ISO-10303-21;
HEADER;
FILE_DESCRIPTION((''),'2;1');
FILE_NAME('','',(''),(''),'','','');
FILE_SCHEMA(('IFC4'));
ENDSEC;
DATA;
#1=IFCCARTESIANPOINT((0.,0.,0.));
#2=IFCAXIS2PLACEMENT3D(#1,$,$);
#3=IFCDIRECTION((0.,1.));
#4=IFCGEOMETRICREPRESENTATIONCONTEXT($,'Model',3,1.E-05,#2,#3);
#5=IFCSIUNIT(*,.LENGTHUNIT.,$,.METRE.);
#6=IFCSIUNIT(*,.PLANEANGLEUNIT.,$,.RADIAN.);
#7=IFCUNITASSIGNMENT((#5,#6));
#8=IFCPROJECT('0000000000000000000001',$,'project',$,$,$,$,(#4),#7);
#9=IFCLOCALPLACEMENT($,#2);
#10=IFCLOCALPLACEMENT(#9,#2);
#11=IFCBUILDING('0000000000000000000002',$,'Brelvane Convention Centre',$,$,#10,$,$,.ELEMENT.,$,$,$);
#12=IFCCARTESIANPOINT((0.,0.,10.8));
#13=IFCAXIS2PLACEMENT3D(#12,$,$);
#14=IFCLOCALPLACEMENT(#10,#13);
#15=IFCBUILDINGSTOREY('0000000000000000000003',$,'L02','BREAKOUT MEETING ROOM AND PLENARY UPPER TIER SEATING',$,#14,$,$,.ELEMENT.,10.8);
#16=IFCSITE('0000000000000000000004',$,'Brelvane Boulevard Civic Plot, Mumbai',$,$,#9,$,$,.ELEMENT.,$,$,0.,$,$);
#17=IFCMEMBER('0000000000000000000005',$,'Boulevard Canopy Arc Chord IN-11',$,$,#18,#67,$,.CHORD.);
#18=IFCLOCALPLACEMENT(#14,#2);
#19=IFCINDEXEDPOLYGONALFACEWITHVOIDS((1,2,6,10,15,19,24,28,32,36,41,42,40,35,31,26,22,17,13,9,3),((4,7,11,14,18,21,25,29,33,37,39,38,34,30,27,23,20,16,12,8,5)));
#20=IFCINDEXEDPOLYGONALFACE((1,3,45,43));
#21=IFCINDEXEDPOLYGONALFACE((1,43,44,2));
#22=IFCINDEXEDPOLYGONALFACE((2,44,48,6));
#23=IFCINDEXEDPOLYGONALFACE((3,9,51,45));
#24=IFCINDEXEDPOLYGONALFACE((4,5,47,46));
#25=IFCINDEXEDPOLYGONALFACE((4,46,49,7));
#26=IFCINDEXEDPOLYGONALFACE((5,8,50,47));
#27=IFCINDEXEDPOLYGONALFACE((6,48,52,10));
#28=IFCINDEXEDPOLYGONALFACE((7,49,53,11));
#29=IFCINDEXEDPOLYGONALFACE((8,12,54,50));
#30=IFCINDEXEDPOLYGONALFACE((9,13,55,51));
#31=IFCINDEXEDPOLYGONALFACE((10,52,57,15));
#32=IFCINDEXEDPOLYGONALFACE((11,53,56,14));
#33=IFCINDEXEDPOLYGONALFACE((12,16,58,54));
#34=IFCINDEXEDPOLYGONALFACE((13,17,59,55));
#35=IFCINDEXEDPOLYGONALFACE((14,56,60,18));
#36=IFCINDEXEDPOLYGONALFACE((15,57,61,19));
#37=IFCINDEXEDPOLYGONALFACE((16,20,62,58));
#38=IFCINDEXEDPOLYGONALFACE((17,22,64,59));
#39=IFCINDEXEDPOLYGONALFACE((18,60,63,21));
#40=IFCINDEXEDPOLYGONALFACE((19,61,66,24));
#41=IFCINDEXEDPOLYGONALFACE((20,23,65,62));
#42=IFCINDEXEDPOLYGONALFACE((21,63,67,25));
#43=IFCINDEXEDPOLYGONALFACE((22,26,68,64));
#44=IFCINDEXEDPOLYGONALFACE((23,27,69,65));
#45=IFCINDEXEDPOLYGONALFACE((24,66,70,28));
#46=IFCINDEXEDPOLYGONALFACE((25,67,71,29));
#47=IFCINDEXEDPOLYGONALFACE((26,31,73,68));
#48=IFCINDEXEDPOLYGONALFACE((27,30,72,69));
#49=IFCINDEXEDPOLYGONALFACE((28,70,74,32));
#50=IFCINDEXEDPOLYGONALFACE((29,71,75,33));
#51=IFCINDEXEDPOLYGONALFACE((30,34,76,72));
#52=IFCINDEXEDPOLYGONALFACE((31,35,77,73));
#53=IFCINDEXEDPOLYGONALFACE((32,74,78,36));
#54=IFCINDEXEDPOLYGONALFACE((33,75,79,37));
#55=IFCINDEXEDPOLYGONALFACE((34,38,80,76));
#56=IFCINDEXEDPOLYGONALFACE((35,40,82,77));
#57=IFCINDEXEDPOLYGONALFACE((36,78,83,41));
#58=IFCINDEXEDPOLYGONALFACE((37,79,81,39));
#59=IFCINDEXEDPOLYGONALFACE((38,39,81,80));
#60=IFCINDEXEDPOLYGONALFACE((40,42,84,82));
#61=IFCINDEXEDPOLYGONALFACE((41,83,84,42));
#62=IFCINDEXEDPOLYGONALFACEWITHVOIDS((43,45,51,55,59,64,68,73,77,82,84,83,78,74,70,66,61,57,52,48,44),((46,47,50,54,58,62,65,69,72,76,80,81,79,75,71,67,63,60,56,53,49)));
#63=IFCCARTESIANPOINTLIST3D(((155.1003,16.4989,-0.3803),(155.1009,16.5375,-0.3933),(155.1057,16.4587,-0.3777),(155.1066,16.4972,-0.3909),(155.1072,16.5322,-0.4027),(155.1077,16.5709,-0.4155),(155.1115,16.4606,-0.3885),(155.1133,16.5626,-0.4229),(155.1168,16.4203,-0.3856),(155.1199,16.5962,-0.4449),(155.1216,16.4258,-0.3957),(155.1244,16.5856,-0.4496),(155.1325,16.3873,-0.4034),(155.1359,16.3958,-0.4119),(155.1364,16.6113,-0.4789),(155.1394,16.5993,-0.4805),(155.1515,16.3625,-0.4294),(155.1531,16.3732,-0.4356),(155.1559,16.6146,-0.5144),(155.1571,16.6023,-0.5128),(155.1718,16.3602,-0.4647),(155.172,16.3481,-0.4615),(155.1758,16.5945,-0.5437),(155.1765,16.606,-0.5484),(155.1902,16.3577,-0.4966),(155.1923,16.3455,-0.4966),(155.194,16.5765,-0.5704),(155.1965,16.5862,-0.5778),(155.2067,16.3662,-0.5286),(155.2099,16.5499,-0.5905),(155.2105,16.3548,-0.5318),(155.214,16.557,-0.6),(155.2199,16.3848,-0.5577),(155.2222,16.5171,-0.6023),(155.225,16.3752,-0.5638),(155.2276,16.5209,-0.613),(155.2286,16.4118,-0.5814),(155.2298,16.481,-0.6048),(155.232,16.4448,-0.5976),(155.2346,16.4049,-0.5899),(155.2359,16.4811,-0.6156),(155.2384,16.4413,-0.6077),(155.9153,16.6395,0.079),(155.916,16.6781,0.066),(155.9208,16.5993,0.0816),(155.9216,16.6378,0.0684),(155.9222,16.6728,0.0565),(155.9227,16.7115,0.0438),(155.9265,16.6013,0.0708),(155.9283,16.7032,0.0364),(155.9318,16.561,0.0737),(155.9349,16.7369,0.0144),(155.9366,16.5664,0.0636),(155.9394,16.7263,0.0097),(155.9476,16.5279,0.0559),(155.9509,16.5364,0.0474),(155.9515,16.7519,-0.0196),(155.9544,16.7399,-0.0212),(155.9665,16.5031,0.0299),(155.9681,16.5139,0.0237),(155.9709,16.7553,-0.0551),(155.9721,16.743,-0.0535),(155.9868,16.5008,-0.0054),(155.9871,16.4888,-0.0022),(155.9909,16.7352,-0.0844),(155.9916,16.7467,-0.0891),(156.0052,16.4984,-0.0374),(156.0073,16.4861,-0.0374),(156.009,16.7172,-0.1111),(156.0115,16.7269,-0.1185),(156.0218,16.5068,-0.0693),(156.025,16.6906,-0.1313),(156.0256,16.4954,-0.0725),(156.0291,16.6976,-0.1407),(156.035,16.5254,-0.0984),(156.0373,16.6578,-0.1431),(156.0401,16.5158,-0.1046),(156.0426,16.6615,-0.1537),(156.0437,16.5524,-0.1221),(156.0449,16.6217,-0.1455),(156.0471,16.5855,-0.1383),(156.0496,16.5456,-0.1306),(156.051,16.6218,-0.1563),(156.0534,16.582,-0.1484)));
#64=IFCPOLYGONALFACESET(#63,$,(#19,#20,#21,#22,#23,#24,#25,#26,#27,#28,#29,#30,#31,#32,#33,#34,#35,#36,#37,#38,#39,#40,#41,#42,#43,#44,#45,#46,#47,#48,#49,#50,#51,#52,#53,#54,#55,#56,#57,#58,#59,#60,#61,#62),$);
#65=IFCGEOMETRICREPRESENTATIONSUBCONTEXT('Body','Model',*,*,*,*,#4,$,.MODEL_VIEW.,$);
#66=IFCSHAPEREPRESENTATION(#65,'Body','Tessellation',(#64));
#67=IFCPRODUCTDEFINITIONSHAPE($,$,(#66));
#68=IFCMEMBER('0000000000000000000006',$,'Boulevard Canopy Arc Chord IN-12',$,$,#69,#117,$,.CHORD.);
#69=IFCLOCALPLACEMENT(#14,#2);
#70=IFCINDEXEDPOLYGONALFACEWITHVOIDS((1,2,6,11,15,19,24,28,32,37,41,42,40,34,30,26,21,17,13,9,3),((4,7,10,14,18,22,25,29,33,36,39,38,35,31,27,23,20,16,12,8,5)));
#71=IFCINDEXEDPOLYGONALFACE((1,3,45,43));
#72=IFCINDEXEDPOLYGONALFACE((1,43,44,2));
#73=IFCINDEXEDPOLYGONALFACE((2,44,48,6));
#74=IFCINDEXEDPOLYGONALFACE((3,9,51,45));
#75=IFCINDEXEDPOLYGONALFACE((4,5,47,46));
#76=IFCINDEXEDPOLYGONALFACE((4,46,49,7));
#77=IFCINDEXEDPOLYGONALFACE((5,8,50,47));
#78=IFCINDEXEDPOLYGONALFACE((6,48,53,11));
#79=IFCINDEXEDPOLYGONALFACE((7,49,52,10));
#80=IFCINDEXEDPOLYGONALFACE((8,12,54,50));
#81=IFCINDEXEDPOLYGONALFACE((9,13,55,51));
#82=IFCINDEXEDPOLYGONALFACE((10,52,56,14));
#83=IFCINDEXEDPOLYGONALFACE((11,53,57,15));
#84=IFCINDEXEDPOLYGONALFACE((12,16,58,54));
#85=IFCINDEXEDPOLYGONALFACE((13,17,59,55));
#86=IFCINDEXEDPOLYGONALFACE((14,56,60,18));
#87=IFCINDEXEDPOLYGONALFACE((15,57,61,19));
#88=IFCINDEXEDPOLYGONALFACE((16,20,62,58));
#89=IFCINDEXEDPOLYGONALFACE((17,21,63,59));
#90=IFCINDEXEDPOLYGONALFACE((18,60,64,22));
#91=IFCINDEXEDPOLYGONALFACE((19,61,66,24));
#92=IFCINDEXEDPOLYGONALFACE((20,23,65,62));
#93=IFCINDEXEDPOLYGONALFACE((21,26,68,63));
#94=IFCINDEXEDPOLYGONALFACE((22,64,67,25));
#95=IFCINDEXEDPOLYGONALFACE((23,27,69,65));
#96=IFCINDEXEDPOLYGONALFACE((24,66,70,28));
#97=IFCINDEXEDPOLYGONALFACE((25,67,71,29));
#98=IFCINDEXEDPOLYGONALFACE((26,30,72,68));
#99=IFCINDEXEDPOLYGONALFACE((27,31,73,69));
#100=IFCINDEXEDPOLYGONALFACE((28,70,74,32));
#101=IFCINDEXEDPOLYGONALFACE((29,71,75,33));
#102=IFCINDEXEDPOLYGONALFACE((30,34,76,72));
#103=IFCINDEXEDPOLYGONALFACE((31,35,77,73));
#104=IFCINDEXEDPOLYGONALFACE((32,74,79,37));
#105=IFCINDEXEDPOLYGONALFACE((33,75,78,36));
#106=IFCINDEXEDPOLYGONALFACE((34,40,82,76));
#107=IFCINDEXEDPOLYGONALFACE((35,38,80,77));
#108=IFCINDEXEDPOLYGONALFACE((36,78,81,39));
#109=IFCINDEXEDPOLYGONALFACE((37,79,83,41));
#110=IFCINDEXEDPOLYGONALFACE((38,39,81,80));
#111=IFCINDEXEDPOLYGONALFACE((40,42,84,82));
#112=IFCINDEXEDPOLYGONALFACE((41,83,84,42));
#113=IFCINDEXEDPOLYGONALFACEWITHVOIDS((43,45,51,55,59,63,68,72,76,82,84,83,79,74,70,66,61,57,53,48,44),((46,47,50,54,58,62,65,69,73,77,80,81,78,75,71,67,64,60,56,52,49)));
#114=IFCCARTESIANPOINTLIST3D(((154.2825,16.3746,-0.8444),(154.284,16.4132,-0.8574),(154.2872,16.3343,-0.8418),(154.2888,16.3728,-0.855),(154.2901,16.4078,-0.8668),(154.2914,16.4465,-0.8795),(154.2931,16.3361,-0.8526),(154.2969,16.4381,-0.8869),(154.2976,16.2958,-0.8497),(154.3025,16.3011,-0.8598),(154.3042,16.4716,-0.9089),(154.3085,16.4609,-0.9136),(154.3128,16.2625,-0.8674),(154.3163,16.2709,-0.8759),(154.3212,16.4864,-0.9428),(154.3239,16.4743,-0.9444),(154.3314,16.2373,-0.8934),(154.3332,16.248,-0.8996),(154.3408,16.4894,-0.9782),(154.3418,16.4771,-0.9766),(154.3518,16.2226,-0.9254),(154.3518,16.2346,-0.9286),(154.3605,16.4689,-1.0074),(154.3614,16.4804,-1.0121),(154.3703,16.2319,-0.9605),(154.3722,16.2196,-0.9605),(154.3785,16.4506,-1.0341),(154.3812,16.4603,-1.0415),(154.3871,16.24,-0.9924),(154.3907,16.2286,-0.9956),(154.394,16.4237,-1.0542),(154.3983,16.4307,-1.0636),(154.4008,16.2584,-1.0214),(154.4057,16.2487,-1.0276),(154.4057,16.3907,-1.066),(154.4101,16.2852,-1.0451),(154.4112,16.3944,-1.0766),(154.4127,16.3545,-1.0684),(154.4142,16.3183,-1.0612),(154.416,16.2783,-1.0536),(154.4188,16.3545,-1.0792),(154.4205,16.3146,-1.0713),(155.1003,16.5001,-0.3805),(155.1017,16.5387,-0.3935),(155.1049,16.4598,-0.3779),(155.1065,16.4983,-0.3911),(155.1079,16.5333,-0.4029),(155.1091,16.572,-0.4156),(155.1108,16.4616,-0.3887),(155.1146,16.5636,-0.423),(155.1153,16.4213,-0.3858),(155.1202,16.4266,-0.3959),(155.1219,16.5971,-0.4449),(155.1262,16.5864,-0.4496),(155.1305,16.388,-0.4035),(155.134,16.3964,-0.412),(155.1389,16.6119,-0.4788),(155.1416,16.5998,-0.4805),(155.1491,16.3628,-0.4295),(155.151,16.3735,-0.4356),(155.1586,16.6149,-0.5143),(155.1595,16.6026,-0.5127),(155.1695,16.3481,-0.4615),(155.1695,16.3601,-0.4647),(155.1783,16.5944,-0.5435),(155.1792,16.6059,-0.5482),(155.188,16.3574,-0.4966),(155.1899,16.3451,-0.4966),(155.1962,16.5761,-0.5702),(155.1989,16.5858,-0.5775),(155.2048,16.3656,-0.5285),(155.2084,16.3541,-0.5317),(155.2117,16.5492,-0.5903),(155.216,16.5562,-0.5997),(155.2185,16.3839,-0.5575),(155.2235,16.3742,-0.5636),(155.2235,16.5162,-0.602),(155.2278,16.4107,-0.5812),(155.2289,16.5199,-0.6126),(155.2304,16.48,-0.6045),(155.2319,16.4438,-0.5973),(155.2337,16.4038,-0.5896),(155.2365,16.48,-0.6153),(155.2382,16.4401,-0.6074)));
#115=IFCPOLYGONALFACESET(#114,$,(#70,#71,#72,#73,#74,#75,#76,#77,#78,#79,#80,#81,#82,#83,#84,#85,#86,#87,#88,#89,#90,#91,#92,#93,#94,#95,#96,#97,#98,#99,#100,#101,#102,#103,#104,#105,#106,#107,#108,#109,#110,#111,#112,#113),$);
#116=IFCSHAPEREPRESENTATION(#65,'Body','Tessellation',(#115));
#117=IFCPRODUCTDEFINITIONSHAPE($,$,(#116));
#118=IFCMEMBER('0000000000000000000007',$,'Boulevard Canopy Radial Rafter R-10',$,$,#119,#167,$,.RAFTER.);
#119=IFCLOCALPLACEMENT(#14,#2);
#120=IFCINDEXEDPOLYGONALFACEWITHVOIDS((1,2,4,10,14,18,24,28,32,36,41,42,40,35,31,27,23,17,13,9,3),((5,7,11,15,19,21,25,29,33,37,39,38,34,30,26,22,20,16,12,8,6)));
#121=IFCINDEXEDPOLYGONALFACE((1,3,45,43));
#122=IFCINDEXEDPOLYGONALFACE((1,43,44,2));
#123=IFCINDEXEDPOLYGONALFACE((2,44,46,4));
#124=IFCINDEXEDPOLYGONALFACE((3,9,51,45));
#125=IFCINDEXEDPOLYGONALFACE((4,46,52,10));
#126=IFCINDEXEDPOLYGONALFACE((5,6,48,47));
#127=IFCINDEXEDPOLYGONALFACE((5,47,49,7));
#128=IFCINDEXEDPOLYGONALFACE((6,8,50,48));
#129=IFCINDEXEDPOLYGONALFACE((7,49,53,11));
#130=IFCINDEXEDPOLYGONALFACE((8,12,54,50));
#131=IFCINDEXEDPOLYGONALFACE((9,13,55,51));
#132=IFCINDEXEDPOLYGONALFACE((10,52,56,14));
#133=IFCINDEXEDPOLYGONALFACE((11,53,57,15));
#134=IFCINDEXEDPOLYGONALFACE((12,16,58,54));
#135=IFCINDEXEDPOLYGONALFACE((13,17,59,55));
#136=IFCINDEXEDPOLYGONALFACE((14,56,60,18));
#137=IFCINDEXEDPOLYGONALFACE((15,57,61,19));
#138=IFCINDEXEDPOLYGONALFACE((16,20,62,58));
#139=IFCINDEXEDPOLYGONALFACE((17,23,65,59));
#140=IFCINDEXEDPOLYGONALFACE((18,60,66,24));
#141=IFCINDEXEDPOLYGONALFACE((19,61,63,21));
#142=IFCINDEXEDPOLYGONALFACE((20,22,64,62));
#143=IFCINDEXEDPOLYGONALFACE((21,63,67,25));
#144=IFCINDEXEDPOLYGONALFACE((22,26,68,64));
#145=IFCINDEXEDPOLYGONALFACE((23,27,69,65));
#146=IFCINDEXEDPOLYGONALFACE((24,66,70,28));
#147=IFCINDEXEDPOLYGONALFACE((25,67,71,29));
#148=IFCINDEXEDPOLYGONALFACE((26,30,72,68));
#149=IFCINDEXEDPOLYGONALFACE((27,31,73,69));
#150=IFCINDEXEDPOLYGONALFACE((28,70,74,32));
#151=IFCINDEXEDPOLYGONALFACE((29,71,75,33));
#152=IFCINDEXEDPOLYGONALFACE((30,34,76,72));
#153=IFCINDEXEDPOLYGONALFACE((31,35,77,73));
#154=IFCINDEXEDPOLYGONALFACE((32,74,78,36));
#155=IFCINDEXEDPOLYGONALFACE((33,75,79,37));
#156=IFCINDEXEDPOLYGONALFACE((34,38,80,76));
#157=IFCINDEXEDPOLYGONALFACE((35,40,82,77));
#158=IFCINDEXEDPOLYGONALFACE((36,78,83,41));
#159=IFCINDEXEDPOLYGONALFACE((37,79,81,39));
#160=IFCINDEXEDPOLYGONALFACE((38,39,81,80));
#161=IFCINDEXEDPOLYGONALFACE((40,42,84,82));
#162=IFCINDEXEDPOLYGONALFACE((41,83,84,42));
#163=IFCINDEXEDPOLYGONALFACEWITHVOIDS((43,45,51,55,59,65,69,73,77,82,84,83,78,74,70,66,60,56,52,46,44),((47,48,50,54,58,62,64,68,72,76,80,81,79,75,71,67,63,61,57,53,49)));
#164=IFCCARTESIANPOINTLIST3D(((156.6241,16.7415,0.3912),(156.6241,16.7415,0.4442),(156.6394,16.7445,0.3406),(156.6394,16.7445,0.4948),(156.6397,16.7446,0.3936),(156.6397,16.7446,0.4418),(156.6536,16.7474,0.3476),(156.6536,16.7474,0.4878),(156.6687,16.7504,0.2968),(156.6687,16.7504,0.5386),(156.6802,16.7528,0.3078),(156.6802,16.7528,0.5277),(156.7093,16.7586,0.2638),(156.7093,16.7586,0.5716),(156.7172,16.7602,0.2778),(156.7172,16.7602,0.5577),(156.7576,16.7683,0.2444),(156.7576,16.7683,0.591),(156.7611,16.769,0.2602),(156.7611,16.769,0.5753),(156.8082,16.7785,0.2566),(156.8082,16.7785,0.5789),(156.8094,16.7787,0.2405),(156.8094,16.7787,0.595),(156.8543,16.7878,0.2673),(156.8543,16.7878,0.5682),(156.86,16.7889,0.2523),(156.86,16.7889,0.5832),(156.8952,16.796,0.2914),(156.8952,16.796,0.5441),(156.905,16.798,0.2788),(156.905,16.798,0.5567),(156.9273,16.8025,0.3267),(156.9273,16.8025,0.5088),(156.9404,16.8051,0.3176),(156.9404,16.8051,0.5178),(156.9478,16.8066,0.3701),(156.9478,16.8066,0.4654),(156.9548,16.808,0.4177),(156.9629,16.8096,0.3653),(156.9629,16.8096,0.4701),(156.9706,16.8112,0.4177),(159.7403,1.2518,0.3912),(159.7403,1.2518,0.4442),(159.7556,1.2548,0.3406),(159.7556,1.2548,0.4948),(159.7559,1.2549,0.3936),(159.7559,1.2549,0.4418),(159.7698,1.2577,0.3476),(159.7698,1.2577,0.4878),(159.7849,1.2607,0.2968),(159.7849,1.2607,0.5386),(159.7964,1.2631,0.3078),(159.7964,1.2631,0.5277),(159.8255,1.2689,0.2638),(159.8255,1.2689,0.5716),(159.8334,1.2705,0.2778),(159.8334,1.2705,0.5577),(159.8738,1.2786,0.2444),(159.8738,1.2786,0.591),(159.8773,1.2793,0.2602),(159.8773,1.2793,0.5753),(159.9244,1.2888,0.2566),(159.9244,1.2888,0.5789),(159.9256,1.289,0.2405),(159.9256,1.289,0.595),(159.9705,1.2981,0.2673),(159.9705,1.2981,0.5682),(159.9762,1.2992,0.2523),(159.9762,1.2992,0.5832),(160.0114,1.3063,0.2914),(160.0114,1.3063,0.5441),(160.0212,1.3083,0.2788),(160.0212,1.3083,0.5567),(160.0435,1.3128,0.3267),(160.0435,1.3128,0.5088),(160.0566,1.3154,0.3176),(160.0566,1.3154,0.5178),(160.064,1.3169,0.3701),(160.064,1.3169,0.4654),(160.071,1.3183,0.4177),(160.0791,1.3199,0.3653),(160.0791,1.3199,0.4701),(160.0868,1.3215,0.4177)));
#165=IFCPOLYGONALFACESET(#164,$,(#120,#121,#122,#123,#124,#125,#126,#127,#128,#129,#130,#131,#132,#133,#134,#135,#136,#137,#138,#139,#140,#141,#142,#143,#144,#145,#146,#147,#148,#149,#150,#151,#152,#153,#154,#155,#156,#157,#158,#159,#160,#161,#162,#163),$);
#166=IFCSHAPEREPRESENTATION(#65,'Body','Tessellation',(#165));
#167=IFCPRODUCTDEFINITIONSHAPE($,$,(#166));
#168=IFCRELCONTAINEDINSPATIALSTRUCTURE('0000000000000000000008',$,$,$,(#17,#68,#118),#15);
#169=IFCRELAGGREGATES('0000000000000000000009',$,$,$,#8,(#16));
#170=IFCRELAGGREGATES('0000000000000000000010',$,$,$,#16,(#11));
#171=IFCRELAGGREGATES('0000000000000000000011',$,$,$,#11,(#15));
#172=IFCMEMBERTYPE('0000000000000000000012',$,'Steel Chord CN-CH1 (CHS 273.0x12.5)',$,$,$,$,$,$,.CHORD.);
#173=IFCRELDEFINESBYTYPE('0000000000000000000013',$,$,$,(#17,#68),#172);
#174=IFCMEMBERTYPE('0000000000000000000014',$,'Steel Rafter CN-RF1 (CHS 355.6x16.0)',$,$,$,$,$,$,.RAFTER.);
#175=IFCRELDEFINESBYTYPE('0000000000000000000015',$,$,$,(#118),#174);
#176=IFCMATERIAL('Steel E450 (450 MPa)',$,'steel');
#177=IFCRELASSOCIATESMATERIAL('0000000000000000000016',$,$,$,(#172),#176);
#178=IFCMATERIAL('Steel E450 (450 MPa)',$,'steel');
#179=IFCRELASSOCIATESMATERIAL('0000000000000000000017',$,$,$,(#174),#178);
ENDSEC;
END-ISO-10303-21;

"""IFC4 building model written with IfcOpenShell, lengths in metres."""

from ifc_helpers import new_model, si_unit, direction, frame, origin, origin_2d, place, context, subcontext, project, spatial, hollow_circle, extrude, material, material_profile, profile_set, type_object, element, save


model = new_model("IFC4")

# Units and contexts
model_context = context("Model", 3, precision=1e-05, world=origin(), true_north=direction((0.0, 1.0)))
body_context = subcontext(model_context, "Body", "Model", "MODEL_VIEW")
ifc_project = project(units=[si_unit("LENGTHUNIT", "METRE"), si_unit("PLANEANGLEUNIT", "RADIAN")], contexts=[model_context])

# Site, building, storey
site_placement = place(None, origin())
site = spatial("IfcSite", under=ifc_project, at=site_placement, Name="Brelvane Boulevard Civic Plot, Mumbai", CompositionType="ELEMENT", RefElevation=0.0)
building_placement = place(site_placement, origin())
building = spatial("IfcBuilding", under=site, at=building_placement, Name="Brelvane Convention Centre", CompositionType="ELEMENT")
storey_placement = place(building_placement, frame((0.0, 0.0, 10.8)))
storey = spatial("IfcBuildingStorey", under=building, at=storey_placement, Name="L02", Description="BREAKOUT MEETING ROOM AND PLENARY UPPER TIER SEATING", CompositionType="ELEMENT", Elevation=10.8)

# Members
ifc_material_1 = material(Name="Steel E450 (450 MPa)", Category="steel")
ifc_material_profile_1 = material_profile(ifc_material_1, hollow_circle(Radius=0.1365, WallThickness=0.0125, at=origin_2d()), Name="CHS 273.0x12.5")
ifc_profile_set_1 = profile_set([ifc_material_profile_1], Name="Steel E450 (450 MPa)")
member_type_1 = type_object("IfcMemberType", Name="Steel Chord CN-CH1 (CHS 273.0x12.5)", PredefinedType="CHORD", material=ifc_profile_set_1)
member_1_placement = place(storey_placement, frame((155.9841, 16.6206, -0.0374), z_axis=(-0.861518, -0.148662, -0.485475), x_axis=(0.170045, -0.985436, 0.0)))
element("IfcMember", 1, at=member_1_placement, inside=storey, type_object=member_type_1, Name="Boulevard Canopy Arc Chord IN-11", PredefinedType="CHORD", context=body_context, shape_type="SweptSolid", body=[
    extrude(hollow_circle(Radius=0.1365, WallThickness=0.0125, at=origin_2d()), origin(), (0.0, 0.0, 1.0), 0.946),
])
member_2_placement = place(storey_placement, frame((155.1692, 16.48, -0.4966), z_axis=(-0.862126, -0.132318, -0.489113), x_axis=(0.151702, -0.988426, 0.0)))
element("IfcMember", 2, at=member_2_placement, inside=storey, type_object=member_type_1, Name="Boulevard Canopy Arc Chord IN-12", PredefinedType="CHORD", context=body_context, shape_type="SweptSolid", body=[
    extrude(hollow_circle(Radius=0.1365, WallThickness=0.0125, at=origin_2d()), origin(), (0.0, 0.0, 1.0), 0.9485),
])
ifc_material_2 = material(Name="Steel E450 (450 MPa)", Category="steel")
ifc_material_profile_2 = material_profile(ifc_material_2, hollow_circle(Radius=0.1777, WallThickness=0.0161, at=origin_2d()), Name="CHS 355.6x16.0")
ifc_profile_set_2 = profile_set([ifc_material_profile_2], Name="Steel E450 (450 MPa)")
member_type_2 = type_object("IfcMemberType", Name="Steel Rafter CN-RF1 (CHS 355.6x16.0)", PredefinedType="RAFTER", material=ifc_profile_set_2)
for number, where, z_axis, x_axis, name in (
    (3, (156.7964, 16.7761, 0.4177), (0.197227, -0.980358, 0.0), (0.980358, 0.197227, 0.0), "Boulevard Canopy Radial Rafter R-10"),
):
    element("IfcMember", number, at=place(storey_placement, frame(where, z_axis=z_axis, x_axis=x_axis)), inside=storey, type_object=member_type_2, Name=name, PredefinedType="RAFTER", context=body_context, shape_type="SweptSolid", body=[
        extrude(hollow_circle(Radius=0.1777, WallThickness=0.0161, at=origin_2d()), origin(), (0.0, 0.0, 1.0), 15.8),
    ])

save(model, "model.ifc")
